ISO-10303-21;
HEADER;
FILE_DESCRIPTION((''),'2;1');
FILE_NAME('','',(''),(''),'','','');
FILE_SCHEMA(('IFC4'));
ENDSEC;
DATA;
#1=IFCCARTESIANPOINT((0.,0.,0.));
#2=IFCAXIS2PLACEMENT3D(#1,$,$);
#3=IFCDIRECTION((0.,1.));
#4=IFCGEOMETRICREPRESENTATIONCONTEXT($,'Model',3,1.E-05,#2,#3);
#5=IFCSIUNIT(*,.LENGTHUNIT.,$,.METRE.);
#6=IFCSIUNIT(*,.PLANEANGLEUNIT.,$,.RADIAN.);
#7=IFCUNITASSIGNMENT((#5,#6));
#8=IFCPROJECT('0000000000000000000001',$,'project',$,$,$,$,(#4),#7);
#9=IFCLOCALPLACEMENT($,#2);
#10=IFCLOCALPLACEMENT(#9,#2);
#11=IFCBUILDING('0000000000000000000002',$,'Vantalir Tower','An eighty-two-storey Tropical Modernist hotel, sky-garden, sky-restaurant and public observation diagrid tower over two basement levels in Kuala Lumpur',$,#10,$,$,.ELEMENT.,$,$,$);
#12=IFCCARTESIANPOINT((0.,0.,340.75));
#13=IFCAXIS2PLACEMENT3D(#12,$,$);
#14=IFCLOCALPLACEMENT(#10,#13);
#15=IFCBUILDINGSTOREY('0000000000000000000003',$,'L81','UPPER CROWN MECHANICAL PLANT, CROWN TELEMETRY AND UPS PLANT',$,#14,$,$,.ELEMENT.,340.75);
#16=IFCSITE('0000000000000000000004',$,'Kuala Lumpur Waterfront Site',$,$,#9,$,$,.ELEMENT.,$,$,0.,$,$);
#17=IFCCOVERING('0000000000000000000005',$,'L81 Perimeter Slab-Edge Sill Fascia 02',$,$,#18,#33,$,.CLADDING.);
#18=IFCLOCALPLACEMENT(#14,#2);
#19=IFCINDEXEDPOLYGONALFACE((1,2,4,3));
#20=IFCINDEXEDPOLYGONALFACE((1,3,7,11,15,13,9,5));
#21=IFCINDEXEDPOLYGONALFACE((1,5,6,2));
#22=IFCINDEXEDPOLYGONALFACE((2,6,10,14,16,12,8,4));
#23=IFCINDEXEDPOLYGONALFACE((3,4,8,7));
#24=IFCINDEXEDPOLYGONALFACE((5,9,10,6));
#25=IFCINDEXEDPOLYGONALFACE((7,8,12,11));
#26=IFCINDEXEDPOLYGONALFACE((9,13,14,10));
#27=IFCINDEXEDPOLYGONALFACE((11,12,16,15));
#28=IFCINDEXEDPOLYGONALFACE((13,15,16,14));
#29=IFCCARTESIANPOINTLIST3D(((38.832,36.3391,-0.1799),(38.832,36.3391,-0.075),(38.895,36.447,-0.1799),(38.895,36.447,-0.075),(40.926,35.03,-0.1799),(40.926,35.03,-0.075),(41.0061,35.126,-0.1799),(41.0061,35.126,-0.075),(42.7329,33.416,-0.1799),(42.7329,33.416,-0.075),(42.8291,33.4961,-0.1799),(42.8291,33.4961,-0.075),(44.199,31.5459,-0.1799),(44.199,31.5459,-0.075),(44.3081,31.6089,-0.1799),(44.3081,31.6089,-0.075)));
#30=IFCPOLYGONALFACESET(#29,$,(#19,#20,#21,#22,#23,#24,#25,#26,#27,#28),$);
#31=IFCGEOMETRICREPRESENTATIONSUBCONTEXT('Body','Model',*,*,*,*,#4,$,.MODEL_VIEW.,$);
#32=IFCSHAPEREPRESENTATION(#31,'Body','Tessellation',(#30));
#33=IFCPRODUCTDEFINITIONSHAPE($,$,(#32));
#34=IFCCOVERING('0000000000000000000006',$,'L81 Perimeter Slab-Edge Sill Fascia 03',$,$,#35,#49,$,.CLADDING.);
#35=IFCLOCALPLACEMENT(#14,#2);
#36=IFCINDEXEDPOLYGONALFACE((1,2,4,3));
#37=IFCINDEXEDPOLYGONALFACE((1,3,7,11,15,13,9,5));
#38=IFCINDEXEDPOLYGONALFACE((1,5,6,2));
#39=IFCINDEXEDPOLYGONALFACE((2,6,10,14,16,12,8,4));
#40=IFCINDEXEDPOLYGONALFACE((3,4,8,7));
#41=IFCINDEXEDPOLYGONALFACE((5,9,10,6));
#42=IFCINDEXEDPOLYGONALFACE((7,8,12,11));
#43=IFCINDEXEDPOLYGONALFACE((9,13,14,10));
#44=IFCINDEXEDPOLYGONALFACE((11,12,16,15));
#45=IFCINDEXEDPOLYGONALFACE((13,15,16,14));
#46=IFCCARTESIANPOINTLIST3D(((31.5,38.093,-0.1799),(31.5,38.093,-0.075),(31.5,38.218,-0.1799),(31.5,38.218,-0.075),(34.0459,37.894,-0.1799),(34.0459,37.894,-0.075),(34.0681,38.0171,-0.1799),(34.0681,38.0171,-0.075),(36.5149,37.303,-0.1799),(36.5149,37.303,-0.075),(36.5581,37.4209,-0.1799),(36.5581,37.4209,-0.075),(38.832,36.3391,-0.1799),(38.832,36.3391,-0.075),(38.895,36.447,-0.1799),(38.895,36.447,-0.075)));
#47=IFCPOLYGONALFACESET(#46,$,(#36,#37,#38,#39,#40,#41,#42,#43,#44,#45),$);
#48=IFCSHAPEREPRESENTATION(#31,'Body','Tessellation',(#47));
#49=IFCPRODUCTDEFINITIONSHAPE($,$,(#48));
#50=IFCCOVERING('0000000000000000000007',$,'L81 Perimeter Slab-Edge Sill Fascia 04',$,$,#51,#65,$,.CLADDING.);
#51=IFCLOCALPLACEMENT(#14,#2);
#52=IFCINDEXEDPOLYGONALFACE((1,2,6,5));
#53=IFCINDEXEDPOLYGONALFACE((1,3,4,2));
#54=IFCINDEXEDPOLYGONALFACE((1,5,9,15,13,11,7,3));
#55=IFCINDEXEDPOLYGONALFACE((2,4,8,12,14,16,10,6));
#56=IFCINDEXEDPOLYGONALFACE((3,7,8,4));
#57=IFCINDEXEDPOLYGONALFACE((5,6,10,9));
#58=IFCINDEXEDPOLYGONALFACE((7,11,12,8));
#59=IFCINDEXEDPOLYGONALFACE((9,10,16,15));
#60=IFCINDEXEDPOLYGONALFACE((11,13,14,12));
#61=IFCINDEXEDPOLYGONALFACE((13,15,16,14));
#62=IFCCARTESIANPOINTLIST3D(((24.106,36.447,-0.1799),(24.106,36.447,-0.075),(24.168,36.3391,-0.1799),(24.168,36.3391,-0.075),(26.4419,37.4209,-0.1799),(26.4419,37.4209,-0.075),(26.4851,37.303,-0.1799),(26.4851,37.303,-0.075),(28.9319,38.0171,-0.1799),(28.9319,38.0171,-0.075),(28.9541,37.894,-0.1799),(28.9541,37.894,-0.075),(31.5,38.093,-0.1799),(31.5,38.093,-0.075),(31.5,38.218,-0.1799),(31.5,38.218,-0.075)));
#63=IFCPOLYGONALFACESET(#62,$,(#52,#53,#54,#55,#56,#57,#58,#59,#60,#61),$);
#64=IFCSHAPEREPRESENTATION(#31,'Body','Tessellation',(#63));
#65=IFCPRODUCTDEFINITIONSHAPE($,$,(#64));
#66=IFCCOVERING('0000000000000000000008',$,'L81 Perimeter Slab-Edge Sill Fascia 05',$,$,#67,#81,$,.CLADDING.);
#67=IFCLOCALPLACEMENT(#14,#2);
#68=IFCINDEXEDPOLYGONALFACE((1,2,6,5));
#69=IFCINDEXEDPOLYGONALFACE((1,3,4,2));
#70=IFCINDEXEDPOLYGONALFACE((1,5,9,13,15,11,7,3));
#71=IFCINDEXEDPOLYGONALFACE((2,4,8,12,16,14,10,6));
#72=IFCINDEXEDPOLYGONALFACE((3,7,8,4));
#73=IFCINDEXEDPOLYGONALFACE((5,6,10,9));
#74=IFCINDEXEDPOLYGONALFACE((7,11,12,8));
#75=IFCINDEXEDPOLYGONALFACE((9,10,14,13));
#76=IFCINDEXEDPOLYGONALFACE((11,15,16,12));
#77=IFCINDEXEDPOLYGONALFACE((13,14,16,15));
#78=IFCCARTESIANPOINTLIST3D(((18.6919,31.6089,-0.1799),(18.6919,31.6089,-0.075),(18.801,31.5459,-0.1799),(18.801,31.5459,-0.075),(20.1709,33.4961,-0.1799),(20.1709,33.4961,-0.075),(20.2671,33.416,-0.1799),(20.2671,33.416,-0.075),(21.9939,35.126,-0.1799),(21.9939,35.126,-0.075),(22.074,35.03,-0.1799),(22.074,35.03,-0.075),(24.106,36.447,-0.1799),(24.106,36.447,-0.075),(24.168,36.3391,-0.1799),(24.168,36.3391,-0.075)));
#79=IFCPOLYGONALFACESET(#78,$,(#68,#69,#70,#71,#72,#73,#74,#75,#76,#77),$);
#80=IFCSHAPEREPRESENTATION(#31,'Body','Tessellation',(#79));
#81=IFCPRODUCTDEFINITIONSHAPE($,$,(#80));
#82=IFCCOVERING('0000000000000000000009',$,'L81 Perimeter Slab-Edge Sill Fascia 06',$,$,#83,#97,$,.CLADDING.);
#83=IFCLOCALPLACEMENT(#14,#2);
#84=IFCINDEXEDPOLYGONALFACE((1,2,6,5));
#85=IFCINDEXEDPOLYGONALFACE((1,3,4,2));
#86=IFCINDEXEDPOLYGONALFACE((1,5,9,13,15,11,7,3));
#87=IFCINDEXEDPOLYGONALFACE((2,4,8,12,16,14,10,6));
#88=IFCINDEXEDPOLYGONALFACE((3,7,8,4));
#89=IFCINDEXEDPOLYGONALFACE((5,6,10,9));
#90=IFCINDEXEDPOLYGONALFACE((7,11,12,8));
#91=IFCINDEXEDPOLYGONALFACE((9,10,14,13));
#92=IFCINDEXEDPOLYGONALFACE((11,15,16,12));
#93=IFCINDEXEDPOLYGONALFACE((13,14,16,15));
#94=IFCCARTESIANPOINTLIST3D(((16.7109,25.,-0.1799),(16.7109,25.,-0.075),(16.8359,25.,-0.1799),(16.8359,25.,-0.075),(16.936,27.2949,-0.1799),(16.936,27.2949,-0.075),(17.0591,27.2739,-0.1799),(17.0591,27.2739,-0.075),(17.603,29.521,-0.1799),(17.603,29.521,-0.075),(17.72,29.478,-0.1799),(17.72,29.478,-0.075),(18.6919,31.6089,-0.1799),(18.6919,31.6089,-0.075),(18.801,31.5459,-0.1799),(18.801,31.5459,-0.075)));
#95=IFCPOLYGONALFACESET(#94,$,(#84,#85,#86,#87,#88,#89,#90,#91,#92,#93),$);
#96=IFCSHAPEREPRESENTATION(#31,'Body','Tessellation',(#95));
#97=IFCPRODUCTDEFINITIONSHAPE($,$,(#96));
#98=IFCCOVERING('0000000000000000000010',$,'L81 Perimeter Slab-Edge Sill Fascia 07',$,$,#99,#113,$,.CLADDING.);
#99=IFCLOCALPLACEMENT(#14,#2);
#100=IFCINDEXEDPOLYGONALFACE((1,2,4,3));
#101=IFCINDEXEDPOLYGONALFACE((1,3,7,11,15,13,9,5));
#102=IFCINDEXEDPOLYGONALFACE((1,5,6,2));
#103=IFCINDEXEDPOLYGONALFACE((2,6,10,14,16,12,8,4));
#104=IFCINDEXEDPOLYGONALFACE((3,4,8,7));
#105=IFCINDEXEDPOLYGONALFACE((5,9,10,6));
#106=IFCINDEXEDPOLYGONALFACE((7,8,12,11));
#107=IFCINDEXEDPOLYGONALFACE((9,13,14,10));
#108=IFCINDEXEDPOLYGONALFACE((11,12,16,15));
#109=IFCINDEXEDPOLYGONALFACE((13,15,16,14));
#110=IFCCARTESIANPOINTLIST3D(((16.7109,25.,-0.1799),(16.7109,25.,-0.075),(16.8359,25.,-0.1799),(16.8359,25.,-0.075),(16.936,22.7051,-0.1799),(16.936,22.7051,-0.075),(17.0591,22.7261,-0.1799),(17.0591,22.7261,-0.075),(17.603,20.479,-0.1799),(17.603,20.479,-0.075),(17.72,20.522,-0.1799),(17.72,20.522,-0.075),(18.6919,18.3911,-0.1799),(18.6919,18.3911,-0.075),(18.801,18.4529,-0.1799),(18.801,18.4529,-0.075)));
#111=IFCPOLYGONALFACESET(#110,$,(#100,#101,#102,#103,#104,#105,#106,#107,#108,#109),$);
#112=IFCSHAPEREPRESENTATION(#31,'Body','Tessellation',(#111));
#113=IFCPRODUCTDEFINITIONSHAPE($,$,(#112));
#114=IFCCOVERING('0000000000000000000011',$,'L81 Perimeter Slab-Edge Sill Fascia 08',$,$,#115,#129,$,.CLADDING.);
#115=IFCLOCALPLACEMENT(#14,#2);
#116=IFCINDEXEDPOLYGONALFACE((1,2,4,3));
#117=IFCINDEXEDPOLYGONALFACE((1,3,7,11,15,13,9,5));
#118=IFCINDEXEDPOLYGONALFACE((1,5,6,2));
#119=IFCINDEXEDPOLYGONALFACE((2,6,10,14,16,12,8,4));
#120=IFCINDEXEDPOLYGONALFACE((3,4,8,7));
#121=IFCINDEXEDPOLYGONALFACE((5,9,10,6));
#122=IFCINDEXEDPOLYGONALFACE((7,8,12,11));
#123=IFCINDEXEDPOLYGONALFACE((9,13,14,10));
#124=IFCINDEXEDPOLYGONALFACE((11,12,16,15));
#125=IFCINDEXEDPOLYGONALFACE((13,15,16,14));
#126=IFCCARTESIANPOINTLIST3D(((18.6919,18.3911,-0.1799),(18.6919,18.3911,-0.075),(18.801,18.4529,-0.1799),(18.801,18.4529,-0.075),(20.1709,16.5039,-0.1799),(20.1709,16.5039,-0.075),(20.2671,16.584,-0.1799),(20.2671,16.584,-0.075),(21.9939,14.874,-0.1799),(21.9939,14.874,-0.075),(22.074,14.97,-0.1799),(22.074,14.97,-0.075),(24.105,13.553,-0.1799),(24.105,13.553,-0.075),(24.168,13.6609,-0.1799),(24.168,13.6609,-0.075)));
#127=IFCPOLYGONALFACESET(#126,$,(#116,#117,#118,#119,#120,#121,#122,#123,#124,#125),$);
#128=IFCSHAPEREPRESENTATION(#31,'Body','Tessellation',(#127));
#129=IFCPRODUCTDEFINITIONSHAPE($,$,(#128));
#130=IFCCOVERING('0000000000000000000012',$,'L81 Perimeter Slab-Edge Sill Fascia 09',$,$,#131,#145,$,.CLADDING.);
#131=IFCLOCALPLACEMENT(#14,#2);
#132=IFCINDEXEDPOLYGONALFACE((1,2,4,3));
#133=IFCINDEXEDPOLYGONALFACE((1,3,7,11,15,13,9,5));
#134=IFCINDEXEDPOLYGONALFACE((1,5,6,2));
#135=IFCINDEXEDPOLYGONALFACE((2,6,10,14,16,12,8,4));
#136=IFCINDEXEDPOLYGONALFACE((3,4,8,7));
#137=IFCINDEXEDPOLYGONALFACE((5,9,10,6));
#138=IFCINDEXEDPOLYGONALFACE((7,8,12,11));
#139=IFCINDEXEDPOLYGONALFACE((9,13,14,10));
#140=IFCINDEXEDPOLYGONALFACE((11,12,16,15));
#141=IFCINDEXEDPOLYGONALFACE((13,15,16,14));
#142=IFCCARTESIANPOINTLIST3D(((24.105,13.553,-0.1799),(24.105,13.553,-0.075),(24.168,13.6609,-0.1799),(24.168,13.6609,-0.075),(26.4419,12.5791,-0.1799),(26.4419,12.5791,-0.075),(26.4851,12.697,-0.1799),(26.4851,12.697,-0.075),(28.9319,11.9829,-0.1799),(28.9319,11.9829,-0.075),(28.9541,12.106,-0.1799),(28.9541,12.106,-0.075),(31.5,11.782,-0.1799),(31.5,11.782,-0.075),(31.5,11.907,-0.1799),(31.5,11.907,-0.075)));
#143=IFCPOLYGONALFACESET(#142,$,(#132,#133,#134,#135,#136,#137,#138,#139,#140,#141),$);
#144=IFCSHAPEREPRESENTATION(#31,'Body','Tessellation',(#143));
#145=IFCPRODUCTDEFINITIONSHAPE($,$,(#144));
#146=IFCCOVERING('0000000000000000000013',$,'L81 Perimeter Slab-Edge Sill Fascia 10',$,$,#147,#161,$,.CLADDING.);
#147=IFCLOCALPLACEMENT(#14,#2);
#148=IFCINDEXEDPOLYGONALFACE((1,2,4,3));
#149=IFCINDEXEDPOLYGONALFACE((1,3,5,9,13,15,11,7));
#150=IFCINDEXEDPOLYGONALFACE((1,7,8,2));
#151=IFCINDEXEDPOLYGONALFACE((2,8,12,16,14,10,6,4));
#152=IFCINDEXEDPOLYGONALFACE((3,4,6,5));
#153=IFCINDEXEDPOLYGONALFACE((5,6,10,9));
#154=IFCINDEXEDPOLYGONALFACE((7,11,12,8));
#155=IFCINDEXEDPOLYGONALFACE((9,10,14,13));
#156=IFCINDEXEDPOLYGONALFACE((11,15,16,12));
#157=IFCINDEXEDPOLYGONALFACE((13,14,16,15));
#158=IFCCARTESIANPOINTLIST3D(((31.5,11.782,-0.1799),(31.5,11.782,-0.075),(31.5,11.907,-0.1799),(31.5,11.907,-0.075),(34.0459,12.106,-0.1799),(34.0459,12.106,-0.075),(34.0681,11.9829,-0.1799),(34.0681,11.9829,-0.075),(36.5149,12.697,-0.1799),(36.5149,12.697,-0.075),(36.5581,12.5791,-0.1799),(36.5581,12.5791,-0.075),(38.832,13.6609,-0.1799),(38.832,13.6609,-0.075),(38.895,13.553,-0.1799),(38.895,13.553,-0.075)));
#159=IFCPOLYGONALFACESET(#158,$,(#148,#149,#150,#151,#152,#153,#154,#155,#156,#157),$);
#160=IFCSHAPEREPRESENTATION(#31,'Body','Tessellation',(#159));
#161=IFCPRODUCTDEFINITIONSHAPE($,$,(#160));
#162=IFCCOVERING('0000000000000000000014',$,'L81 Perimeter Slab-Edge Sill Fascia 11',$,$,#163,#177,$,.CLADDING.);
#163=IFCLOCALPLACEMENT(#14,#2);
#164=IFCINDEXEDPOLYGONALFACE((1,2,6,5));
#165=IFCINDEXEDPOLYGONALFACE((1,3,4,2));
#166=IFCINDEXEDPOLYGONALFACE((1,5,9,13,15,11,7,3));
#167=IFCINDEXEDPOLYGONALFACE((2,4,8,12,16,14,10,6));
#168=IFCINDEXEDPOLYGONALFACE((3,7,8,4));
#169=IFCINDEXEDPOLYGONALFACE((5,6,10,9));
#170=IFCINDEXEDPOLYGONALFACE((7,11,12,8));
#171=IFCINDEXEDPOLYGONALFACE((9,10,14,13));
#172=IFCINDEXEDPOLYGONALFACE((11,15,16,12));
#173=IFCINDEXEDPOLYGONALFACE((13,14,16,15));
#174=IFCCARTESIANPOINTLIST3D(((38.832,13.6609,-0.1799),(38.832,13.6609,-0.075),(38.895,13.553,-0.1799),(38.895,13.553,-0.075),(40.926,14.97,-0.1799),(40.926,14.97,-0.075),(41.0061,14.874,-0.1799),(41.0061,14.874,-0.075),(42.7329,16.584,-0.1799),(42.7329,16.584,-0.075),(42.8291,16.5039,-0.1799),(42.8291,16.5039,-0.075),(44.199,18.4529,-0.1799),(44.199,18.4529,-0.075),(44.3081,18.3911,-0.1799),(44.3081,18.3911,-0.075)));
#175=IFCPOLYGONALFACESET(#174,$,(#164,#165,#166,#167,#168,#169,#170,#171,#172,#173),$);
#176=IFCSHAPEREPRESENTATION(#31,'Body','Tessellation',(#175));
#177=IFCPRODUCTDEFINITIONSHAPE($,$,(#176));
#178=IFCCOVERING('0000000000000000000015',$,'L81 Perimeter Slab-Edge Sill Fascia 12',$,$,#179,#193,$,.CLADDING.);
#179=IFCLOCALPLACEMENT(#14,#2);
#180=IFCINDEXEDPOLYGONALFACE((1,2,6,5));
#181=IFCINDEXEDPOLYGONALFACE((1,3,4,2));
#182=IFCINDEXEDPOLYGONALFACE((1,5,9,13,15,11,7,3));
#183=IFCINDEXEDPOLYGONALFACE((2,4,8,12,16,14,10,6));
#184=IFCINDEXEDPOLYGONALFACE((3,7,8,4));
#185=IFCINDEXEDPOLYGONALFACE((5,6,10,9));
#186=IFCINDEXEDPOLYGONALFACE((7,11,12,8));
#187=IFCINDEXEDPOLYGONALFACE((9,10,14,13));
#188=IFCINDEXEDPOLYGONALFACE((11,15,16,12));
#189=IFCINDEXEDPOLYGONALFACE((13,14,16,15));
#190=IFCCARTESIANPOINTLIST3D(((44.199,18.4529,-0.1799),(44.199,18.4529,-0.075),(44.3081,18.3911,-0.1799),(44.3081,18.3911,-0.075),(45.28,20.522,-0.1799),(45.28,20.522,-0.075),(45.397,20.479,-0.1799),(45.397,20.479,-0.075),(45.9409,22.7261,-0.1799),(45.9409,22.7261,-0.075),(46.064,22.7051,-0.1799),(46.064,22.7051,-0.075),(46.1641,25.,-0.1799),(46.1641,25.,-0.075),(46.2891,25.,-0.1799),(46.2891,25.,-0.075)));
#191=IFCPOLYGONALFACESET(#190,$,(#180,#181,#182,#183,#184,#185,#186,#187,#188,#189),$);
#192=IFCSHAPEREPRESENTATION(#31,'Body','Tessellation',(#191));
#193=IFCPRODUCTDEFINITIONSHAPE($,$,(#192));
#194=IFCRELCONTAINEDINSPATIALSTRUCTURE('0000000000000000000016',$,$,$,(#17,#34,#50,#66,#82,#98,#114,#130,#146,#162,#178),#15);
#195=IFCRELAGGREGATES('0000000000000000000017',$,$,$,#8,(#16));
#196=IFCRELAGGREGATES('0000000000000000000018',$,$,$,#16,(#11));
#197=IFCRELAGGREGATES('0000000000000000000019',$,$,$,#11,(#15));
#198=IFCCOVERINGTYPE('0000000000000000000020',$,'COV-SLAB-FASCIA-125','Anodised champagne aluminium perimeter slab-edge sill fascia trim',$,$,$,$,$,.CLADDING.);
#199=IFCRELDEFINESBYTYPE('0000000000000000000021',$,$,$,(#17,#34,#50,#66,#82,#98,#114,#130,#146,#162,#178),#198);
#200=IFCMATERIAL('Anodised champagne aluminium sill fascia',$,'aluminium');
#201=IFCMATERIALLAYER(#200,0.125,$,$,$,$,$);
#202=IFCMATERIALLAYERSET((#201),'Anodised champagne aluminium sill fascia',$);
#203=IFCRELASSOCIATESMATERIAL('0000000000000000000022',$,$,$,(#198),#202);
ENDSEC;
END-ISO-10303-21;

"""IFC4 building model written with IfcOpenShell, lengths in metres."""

from ifc_helpers import new_model, si_unit, direction, frame, origin, place, context, subcontext, project, spatial, polyline, outline, extrude, material, layer, layer_set, type_object, element, save


model = new_model("IFC4")

# Units and contexts
model_context = context("Model", 3, precision=1e-05, world=origin(), true_north=direction((0.0, 1.0)))
body_context = subcontext(model_context, "Body", "Model", "MODEL_VIEW")
ifc_project = project(units=[si_unit("LENGTHUNIT", "METRE"), si_unit("PLANEANGLEUNIT", "RADIAN")], contexts=[model_context])

# Site, building, storey
site_placement = place(None, origin())
site = spatial("IfcSite", under=ifc_project, at=site_placement, Name="Kuala Lumpur Waterfront Site", CompositionType="ELEMENT", RefElevation=0.0)
building_placement = place(site_placement, origin())
building = spatial("IfcBuilding", under=site, at=building_placement, Name="Vantalir Tower", Description="An eighty-two-storey Tropical Modernist hotel, sky-garden, sky-restaurant and public observation diagrid tower over two basement levels in Kuala Lumpur", CompositionType="ELEMENT")
storey_placement = place(building_placement, frame((0.0, 0.0, 340.75)))
storey = spatial("IfcBuildingStorey", under=building, at=storey_placement, Name="L81", Description="UPPER CROWN MECHANICAL PLANT, CROWN TELEMETRY AND UPS PLANT", CompositionType="ELEMENT", Elevation=340.75)

# Coverings
ifc_material_1 = material(Name="Anodised champagne aluminium sill fascia", Category="aluminium")
ifc_layer_1 = layer(ifc_material_1, 0.125)
ifc_layer_set_1 = layer_set([ifc_layer_1], Name="Anodised champagne aluminium sill fascia")
covering_type = type_object("IfcCoveringType", Name="COV-SLAB-FASCIA-125", Description="Anodised champagne aluminium perimeter slab-edge sill fascia trim", PredefinedType="CLADDING", material=ifc_layer_set_1)
covering_1_placement = place(storey_placement, frame((0.0, 0.0, -0.1799)))
element("IfcCovering", 1, at=covering_1_placement, inside=storey, type_object=covering_type, Name="L81 Perimeter Slab-Edge Sill Fascia 02", PredefinedType="CLADDING", context=body_context, shape_type="SweptSolid", body=[
    extrude(outline(polyline([(44.3081, 31.6089), (42.8291, 33.4961), (41.0061, 35.126), (38.895, 36.447), (38.832, 36.3391), (40.926, 35.03), (42.7329, 33.416), (44.199, 31.5459), (44.3081, 31.6089)])), origin(), (0.0, 0.0, 1.0), 0.105),
])
covering_2_placement = place(storey_placement, frame((0.0, 0.0, -0.1799)))
element("IfcCovering", 2, at=covering_2_placement, inside=storey, type_object=covering_type, Name="L81 Perimeter Slab-Edge Sill Fascia 03", PredefinedType="CLADDING", context=body_context, shape_type="SweptSolid", body=[
    extrude(outline(polyline([(38.895, 36.447), (36.5581, 37.4209), (34.0681, 38.0171), (31.5, 38.218), (31.5, 38.093), (34.0459, 37.894), (36.5149, 37.303), (38.832, 36.3391), (38.895, 36.447)])), origin(), (0.0, 0.0, 1.0), 0.105),
])
covering_3_placement = place(storey_placement, frame((0.0, 0.0, -0.1799)))
element("IfcCovering", 3, at=covering_3_placement, inside=storey, type_object=covering_type, Name="L81 Perimeter Slab-Edge Sill Fascia 04", PredefinedType="CLADDING", context=body_context, shape_type="SweptSolid", body=[
    extrude(outline(polyline([(31.5, 38.218), (28.9319, 38.0171), (26.4419, 37.4209), (24.106, 36.447), (24.168, 36.3391), (26.4851, 37.303), (28.9541, 37.894), (31.5, 38.093), (31.5, 38.218)])), origin(), (0.0, 0.0, 1.0), 0.105),
])
covering_4_placement = place(storey_placement, frame((0.0, 0.0, -0.1799)))
element("IfcCovering", 4, at=covering_4_placement, inside=storey, type_object=covering_type, Name="L81 Perimeter Slab-Edge Sill Fascia 05", PredefinedType="CLADDING", context=body_context, shape_type="SweptSolid", body=[
    extrude(outline(polyline([(24.106, 36.447), (21.9939, 35.126), (20.1709, 33.4961), (18.6919, 31.6089), (18.801, 31.5459), (20.2671, 33.416), (22.074, 35.03), (24.168, 36.3391), (24.106, 36.447)])), origin(), (0.0, 0.0, 1.0), 0.105),
])
covering_5_placement = place(storey_placement, frame((0.0, 0.0, -0.1799)))
element("IfcCovering", 5, at=covering_5_placement, inside=storey, type_object=covering_type, Name="L81 Perimeter Slab-Edge Sill Fascia 06", PredefinedType="CLADDING", context=body_context, shape_type="SweptSolid", body=[
    extrude(outline(polyline([(18.6919, 31.6089), (17.603, 29.521), (16.936, 27.2949), (16.7109, 25.0), (16.8359, 25.0), (17.0591, 27.2739), (17.72, 29.478), (18.801, 31.5459), (18.6919, 31.6089)])), origin(), (0.0, 0.0, 1.0), 0.105),
])
covering_6_placement = place(storey_placement, frame((0.0, 0.0, -0.1799)))
element("IfcCovering", 6, at=covering_6_placement, inside=storey, type_object=covering_type, Name="L81 Perimeter Slab-Edge Sill Fascia 07", PredefinedType="CLADDING", context=body_context, shape_type="SweptSolid", body=[
    extrude(outline(polyline([(16.7109, 25.0), (16.936, 22.7051), (17.603, 20.479), (18.6919, 18.3911), (18.801, 18.4529), (17.72, 20.522), (17.0591, 22.7261), (16.8359, 25.0), (16.7109, 25.0)])), origin(), (0.0, 0.0, 1.0), 0.105),
])
covering_7_placement = place(storey_placement, frame((0.0, 0.0, -0.1799)))
element("IfcCovering", 7, at=covering_7_placement, inside=storey, type_object=covering_type, Name="L81 Perimeter Slab-Edge Sill Fascia 08", PredefinedType="CLADDING", context=body_context, shape_type="SweptSolid", body=[
    extrude(outline(polyline([(18.6919, 18.3911), (20.1709, 16.5039), (21.9939, 14.874), (24.105, 13.553), (24.168, 13.6609), (22.074, 14.97), (20.2671, 16.584), (18.801, 18.4529), (18.6919, 18.3911)])), origin(), (0.0, 0.0, 1.0), 0.105),
])
covering_8_placement = place(storey_placement, frame((0.0, 0.0, -0.1799)))
element("IfcCovering", 8, at=covering_8_placement, inside=storey, type_object=covering_type, Name="L81 Perimeter Slab-Edge Sill Fascia 09", PredefinedType="CLADDING", context=body_context, shape_type="SweptSolid", body=[
    extrude(outline(polyline([(24.105, 13.553), (26.4419, 12.5791), (28.9319, 11.9829), (31.5, 11.782), (31.5, 11.907), (28.9541, 12.106), (26.4851, 12.697), (24.168, 13.6609), (24.105, 13.553)])), origin(), (0.0, 0.0, 1.0), 0.105),
])
covering_9_placement = place(storey_placement, frame((0.0, 0.0, -0.1799)))
element("IfcCovering", 9, at=covering_9_placement, inside=storey, type_object=covering_type, Name="L81 Perimeter Slab-Edge Sill Fascia 10", PredefinedType="CLADDING", context=body_context, shape_type="SweptSolid", body=[
    extrude(outline(polyline([(31.5, 11.782), (34.0681, 11.9829), (36.5581, 12.5791), (38.895, 13.553), (38.832, 13.6609), (36.5149, 12.697), (34.0459, 12.106), (31.5, 11.907), (31.5, 11.782)])), origin(), (0.0, 0.0, 1.0), 0.105),
])
covering_10_placement = place(storey_placement, frame((0.0, 0.0, -0.1799)))
element("IfcCovering", 10, at=covering_10_placement, inside=storey, type_object=covering_type, Name="L81 Perimeter Slab-Edge Sill Fascia 11", PredefinedType="CLADDING", context=body_context, shape_type="SweptSolid", body=[
    extrude(outline(polyline([(38.895, 13.553), (41.0061, 14.874), (42.8291, 16.5039), (44.3081, 18.3911), (44.199, 18.4529), (42.7329, 16.584), (40.926, 14.97), (38.832, 13.6609), (38.895, 13.553)])), origin(), (0.0, 0.0, 1.0), 0.105),
])
covering_11_placement = place(storey_placement, frame((0.0, 0.0, -0.1799)))
element("IfcCovering", 11, at=covering_11_placement, inside=storey, type_object=covering_type, Name="L81 Perimeter Slab-Edge Sill Fascia 12", PredefinedType="CLADDING", context=body_context, shape_type="SweptSolid", body=[
    extrude(outline(polyline([(44.3081, 18.3911), (45.397, 20.479), (46.064, 22.7051), (46.2891, 25.0), (46.1641, 25.0), (45.9409, 22.7261), (45.28, 20.522), (44.199, 18.4529), (44.3081, 18.3911)])), origin(), (0.0, 0.0, 1.0), 0.105),
])

save(model, "model.ifc")
